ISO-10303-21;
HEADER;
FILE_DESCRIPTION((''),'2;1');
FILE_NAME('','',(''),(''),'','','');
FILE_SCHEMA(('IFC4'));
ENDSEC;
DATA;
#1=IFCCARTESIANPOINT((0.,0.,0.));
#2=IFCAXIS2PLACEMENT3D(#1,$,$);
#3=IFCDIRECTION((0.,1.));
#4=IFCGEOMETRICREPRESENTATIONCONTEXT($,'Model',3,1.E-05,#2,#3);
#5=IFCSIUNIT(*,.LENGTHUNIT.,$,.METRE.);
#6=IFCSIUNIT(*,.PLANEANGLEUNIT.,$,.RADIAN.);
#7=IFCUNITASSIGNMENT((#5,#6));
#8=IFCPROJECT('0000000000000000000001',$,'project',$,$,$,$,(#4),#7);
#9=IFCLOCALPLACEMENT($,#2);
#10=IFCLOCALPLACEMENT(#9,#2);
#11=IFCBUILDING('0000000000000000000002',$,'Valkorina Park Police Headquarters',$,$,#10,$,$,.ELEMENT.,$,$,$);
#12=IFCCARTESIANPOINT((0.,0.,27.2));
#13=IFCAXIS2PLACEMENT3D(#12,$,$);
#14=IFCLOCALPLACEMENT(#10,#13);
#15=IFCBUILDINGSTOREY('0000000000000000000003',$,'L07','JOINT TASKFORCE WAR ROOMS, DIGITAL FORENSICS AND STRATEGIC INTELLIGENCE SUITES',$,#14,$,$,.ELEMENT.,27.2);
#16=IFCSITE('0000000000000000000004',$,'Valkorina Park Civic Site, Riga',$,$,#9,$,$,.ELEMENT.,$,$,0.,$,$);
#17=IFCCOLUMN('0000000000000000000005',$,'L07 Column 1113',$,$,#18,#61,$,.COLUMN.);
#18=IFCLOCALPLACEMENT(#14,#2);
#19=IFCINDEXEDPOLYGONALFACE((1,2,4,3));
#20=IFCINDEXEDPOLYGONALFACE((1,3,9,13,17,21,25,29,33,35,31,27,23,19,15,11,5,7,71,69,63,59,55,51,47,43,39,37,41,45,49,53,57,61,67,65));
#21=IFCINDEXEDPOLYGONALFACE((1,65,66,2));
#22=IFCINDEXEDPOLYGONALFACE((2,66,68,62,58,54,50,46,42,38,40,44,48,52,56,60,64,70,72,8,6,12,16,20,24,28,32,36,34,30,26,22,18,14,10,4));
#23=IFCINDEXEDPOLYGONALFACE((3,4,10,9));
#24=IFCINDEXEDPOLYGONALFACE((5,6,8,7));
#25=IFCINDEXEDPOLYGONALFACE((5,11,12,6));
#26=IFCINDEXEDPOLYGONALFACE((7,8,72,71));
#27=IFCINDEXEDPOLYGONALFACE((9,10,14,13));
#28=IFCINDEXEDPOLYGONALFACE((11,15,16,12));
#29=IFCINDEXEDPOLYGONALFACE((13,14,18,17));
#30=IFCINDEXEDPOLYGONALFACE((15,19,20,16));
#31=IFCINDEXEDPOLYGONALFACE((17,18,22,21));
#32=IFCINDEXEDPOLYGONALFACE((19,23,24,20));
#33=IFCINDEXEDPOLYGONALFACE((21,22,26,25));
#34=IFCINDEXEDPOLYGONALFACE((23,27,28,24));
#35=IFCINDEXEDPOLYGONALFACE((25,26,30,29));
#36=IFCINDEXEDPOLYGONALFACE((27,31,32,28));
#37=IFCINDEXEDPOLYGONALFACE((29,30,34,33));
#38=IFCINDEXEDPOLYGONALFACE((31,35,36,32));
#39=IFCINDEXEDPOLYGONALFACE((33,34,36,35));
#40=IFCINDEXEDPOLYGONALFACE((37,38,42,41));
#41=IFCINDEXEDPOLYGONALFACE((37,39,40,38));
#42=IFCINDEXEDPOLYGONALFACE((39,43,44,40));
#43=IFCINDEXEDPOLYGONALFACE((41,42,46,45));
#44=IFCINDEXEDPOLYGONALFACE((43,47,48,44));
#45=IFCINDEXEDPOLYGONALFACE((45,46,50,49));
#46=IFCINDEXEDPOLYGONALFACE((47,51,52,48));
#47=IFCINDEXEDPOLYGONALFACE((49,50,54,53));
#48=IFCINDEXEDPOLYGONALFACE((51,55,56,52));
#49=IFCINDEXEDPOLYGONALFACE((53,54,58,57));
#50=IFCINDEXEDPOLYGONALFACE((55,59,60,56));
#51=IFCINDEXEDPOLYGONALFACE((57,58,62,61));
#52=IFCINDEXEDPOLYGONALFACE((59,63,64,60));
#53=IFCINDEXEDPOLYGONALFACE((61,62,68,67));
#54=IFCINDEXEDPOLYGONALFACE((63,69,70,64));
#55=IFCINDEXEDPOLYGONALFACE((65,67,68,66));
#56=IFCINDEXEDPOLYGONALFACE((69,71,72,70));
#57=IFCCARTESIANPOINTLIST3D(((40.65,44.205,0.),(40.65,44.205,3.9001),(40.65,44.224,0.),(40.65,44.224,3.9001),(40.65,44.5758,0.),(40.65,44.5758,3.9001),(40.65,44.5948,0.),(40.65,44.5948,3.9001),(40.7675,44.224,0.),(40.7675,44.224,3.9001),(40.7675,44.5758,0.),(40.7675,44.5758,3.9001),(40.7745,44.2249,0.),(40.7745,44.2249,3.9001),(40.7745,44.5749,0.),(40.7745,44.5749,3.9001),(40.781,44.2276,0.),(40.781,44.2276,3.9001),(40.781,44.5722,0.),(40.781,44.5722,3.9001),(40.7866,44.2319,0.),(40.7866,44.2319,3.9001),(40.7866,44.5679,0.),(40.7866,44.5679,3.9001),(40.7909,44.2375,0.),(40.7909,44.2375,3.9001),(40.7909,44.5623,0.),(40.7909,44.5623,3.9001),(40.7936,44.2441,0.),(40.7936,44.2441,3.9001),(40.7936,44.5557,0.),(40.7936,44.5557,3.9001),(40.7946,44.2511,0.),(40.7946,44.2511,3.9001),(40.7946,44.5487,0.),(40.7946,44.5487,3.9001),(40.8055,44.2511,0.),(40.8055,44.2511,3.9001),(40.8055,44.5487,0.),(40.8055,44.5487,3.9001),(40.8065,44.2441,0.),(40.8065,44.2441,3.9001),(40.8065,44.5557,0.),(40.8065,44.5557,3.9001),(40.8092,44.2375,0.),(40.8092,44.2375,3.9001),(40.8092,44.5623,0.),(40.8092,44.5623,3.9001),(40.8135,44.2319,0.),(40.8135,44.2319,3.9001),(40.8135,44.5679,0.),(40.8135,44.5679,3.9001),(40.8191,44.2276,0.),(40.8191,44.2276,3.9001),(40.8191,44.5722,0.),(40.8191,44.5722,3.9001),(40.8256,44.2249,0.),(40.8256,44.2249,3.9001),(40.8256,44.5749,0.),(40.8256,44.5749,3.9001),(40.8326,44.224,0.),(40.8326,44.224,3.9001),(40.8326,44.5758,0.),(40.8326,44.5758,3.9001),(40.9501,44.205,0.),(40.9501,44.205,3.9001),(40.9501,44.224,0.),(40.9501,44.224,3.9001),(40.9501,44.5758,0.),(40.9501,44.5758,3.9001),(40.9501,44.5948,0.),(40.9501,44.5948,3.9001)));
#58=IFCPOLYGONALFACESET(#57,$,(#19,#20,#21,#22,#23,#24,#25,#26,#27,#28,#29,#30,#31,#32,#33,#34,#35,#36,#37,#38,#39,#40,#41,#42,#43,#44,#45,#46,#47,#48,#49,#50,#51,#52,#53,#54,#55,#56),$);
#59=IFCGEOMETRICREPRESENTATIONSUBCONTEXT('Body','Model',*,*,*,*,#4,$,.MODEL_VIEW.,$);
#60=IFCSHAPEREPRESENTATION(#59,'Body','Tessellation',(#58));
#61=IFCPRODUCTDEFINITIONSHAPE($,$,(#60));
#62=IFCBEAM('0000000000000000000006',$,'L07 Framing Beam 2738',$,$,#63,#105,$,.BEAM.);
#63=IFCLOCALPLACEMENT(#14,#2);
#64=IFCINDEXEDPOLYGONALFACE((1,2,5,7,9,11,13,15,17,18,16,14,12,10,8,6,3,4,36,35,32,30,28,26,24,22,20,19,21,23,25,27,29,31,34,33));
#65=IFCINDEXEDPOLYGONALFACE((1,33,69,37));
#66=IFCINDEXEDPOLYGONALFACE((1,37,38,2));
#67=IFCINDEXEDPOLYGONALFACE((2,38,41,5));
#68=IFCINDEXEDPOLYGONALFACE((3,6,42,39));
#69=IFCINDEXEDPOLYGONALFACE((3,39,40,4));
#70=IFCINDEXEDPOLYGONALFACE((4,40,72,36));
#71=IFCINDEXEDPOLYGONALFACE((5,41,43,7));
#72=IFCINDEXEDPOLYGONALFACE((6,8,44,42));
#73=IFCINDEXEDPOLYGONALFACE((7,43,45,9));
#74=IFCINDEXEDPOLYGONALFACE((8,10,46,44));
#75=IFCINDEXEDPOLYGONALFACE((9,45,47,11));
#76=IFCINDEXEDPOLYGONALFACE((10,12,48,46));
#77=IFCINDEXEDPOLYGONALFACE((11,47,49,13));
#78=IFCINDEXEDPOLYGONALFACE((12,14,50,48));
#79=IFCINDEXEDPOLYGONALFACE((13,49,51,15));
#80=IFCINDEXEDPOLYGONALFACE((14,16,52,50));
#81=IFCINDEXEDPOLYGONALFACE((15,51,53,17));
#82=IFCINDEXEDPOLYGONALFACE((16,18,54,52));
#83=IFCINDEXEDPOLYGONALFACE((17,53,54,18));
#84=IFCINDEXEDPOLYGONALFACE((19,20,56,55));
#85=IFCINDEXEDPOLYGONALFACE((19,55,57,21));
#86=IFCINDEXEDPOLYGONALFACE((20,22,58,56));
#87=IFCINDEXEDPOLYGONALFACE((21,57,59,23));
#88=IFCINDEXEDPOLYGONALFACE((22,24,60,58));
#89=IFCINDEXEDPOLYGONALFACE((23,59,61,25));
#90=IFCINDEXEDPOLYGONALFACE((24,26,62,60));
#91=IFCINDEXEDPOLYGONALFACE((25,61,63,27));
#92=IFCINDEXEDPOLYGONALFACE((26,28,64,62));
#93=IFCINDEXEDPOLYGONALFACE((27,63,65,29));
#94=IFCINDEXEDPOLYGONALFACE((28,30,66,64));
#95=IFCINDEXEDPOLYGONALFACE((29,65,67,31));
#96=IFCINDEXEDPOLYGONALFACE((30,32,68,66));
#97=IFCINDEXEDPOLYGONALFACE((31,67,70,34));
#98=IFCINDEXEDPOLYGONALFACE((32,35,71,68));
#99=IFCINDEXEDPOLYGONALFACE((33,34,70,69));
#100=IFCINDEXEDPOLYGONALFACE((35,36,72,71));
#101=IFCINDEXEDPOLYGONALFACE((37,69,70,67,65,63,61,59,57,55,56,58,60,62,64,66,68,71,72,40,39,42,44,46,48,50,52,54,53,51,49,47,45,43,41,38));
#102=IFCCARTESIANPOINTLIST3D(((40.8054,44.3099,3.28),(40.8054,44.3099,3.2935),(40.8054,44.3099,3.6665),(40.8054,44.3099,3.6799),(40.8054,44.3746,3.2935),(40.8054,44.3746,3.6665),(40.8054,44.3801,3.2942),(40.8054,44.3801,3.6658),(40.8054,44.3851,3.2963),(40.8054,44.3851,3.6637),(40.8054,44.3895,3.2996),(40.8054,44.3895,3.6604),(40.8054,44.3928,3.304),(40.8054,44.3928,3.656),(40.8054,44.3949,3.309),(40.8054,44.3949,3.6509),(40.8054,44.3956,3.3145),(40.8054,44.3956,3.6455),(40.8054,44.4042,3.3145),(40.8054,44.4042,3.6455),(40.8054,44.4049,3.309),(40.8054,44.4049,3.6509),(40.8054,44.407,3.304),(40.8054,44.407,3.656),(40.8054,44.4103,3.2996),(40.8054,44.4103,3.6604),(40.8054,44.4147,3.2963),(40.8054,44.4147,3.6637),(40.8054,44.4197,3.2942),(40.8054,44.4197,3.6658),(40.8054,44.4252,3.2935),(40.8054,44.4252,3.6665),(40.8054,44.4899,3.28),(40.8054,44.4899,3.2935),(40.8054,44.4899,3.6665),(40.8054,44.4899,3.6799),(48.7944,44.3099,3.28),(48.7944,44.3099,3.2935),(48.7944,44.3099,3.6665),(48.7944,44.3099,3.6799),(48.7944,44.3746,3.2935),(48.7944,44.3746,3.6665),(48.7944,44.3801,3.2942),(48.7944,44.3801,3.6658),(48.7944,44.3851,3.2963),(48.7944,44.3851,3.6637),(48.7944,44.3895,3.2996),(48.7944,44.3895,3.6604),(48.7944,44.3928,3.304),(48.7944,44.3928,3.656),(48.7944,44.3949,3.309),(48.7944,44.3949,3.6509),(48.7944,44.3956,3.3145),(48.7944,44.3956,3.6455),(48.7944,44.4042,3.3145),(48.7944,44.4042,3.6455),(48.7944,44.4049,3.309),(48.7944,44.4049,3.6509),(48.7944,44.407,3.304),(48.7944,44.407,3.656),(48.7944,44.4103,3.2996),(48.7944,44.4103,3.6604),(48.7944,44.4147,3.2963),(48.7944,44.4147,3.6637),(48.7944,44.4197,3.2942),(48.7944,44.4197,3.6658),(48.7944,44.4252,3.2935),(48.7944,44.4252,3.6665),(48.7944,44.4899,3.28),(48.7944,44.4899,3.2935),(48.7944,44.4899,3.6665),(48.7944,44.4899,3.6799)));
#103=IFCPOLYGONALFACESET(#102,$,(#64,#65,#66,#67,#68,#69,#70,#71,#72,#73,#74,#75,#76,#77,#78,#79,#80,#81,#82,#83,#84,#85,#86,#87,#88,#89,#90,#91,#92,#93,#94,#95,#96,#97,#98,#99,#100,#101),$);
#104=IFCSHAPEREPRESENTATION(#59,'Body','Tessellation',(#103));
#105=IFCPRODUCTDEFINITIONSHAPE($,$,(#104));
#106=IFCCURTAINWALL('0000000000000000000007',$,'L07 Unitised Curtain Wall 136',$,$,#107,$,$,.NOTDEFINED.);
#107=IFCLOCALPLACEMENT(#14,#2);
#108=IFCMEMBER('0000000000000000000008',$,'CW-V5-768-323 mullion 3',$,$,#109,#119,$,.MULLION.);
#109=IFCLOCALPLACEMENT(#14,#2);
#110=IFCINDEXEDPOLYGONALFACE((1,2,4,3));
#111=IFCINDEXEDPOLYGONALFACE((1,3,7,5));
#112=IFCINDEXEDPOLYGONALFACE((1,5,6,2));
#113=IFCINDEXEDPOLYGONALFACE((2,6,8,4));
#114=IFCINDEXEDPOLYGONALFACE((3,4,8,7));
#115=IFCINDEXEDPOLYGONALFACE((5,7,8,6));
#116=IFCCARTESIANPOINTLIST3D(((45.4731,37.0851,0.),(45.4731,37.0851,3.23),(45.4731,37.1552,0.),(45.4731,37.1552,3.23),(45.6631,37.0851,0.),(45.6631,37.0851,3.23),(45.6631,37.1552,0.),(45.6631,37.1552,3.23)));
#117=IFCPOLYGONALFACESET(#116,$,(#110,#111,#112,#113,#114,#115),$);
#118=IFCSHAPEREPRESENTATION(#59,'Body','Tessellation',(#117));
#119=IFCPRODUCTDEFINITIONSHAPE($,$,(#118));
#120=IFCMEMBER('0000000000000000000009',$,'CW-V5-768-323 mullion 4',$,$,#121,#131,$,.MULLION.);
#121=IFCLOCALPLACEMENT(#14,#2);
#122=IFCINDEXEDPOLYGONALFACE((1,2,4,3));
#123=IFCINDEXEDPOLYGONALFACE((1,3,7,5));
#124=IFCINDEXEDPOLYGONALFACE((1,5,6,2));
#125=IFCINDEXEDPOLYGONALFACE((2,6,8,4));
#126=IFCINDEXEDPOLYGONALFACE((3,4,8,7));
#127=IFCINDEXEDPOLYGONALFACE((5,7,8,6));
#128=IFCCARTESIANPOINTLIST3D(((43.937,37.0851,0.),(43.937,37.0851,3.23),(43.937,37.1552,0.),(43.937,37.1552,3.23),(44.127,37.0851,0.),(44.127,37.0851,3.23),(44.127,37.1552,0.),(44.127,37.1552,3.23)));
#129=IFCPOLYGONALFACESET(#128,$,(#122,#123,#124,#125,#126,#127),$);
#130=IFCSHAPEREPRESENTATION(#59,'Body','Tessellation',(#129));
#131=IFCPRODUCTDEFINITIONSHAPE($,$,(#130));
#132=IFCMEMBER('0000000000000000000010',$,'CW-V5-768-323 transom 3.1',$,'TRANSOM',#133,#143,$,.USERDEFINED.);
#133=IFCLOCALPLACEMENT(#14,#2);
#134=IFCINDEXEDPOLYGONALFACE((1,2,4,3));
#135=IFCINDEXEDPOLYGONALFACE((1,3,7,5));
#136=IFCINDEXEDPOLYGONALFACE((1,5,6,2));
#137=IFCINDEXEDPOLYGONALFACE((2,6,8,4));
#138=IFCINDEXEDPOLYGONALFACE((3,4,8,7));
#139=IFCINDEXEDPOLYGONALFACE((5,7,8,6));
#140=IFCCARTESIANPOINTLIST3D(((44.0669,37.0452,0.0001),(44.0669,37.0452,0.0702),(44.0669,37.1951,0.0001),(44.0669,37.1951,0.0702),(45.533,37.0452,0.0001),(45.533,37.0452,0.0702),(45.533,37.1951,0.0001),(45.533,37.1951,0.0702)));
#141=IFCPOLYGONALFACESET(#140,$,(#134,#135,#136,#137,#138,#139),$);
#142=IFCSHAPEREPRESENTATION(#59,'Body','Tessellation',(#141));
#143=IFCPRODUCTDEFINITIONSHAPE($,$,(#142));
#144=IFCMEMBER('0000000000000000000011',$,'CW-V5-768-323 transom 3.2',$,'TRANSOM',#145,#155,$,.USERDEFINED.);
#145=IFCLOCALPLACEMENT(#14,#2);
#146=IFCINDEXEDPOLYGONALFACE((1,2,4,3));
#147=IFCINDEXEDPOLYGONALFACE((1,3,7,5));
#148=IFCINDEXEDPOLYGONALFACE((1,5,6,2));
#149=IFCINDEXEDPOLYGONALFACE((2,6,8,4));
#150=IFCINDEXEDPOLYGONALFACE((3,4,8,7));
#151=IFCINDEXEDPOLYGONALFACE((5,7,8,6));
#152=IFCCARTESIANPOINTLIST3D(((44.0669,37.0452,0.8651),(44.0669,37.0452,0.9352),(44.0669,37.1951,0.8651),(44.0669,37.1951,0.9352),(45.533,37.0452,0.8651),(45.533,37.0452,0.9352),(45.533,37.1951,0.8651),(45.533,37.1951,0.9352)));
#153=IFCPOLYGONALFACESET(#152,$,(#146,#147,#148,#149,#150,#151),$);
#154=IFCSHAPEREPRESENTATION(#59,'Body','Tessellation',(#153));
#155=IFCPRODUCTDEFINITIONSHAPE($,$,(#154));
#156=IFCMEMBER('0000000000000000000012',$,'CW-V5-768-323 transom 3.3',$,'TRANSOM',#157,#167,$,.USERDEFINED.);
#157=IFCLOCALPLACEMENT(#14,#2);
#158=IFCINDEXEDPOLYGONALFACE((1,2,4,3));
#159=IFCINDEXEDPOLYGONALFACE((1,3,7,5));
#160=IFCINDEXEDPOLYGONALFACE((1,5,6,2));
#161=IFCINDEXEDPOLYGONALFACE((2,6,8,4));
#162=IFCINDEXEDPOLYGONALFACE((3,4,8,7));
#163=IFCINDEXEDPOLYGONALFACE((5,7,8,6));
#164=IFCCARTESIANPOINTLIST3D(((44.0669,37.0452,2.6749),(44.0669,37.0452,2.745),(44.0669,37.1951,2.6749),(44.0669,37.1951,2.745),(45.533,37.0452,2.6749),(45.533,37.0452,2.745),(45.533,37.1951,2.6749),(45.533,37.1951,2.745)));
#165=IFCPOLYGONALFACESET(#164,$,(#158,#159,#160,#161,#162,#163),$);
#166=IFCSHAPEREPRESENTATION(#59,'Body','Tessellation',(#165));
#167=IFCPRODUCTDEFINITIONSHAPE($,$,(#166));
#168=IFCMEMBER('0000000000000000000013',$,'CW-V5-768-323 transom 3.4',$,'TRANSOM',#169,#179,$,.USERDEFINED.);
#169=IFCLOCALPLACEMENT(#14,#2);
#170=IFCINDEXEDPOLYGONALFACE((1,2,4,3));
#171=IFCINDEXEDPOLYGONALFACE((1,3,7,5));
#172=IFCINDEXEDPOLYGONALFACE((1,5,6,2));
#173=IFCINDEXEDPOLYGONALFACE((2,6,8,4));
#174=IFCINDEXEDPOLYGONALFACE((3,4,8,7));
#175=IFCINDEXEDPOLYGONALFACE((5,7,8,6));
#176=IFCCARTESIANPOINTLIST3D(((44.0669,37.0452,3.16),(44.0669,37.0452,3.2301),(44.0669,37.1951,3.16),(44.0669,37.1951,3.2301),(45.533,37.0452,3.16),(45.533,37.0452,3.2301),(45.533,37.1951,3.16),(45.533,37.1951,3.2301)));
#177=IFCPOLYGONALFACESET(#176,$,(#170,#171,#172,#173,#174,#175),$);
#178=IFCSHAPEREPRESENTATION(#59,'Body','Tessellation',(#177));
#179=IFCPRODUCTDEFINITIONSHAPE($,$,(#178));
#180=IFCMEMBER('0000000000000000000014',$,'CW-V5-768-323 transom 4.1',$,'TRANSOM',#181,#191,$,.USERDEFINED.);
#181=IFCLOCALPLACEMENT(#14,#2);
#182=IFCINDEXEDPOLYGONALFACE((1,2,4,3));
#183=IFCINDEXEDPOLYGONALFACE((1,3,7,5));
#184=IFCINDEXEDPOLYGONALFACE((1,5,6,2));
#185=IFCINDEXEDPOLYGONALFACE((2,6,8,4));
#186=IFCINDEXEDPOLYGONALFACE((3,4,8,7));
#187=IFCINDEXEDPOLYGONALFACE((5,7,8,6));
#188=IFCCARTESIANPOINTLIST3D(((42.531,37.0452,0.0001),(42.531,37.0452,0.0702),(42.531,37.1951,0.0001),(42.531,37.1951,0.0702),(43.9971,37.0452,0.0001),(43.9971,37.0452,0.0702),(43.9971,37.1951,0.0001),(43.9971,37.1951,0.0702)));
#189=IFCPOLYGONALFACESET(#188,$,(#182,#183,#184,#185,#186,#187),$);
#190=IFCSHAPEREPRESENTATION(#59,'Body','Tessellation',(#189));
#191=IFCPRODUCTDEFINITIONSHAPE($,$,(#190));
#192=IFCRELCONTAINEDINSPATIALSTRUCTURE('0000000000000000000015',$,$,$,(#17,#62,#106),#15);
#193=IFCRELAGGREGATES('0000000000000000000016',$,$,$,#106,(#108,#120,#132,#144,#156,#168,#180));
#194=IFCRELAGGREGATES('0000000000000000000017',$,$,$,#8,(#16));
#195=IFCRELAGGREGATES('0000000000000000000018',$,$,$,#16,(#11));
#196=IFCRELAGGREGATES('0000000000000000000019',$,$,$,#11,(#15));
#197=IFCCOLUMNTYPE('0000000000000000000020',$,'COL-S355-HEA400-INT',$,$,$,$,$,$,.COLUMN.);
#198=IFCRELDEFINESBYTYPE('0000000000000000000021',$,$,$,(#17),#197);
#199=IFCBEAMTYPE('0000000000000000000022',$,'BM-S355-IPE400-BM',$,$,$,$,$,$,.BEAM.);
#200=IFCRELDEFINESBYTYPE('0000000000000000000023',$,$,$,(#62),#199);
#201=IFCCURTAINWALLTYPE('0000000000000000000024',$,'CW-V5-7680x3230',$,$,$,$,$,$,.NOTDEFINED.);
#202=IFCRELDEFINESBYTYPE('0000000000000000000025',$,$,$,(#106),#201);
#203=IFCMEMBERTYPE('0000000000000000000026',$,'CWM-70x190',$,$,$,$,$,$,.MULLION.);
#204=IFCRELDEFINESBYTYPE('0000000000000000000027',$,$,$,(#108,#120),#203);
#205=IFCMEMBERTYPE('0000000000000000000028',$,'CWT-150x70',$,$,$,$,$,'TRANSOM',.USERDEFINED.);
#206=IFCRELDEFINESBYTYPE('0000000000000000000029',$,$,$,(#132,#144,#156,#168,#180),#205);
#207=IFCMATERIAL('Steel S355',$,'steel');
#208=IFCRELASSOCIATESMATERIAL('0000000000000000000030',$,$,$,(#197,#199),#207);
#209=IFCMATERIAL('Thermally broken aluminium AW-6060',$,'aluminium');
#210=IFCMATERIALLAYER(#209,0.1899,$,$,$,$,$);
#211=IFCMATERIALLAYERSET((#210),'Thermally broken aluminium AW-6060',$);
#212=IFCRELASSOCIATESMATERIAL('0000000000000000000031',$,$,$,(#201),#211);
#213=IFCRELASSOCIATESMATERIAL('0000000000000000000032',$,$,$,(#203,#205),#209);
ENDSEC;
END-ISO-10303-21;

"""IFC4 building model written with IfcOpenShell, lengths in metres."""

from ifc_helpers import new_model, si_unit, direction, frame, origin, origin_2d, place, context, subcontext, project, spatial, rectangle, i_section, extrude, material, layer, layer_set, material_profile, profile_set, type_object, element, aggregate, save


model = new_model("IFC4")

# Units and contexts
model_context = context("Model", 3, precision=1e-05, world=origin(), true_north=direction((0.0, 1.0)))
body_context = subcontext(model_context, "Body", "Model", "MODEL_VIEW")
ifc_project = project(units=[si_unit("LENGTHUNIT", "METRE"), si_unit("PLANEANGLEUNIT", "RADIAN")], contexts=[model_context])

# Site, building, storey
site_placement = place(None, origin())
site = spatial("IfcSite", under=ifc_project, at=site_placement, Name="Valkorina Park Civic Site, Riga", CompositionType="ELEMENT", RefElevation=0.0)
building_placement = place(site_placement, origin())
building = spatial("IfcBuilding", under=site, at=building_placement, Name="Valkorina Park Police Headquarters", CompositionType="ELEMENT")
storey_placement = place(building_placement, frame((0.0, 0.0, 27.2)))
storey = spatial("IfcBuildingStorey", under=building, at=storey_placement, Name="L07", Description="JOINT TASKFORCE WAR ROOMS, DIGITAL FORENSICS AND STRATEGIC INTELLIGENCE SUITES", CompositionType="ELEMENT", Elevation=27.2)

# Column
ifc_material_1 = material(Name="Steel S355", Category="steel")
ifc_material_profile_1 = material_profile(ifc_material_1, i_section(OverallWidth=0.3, OverallDepth=0.3899, WebThickness=0.011, FlangeThickness=0.019, FilletRadius=0.0271, at=origin_2d()), Name="HEA 400")
ifc_profile_set_1 = profile_set([ifc_material_profile_1], Name="Steel S355")
column_type = type_object("IfcColumnType", Name="COL-S355-HEA400-INT", PredefinedType="COLUMN", material=ifc_profile_set_1)
column_placement = place(storey_placement, frame((40.8, 44.3999, 0.0), z_axis=(0.0, 0.0, 1.0), x_axis=(1.0, 0.0, 0.0)))
element("IfcColumn", 1, at=column_placement, inside=storey, type_object=column_type, Name="L07 Column 1113", PredefinedType="COLUMN", context=body_context, shape_type="SweptSolid", body=[
    extrude(i_section(OverallWidth=0.3, OverallDepth=0.3899, WebThickness=0.011, FlangeThickness=0.019, FilletRadius=0.0271, at=origin_2d()), origin(), (0.0, 0.0, 1.0), 3.9001),
])

# Beam
ifc_material_profile_2 = material_profile(ifc_material_1, i_section(OverallWidth=0.1799, OverallDepth=0.3999, WebThickness=0.0085, FlangeThickness=0.0134, FilletRadius=0.021, at=origin_2d()), Name="IPE 400")
ifc_profile_set_2 = profile_set([ifc_material_profile_2], Name="Steel S355")
beam_type = type_object("IfcBeamType", Name="BM-S355-IPE400-BM", PredefinedType="BEAM", material=ifc_profile_set_2)
beam_placement = place(storey_placement, frame((40.8054, 44.3999, 3.48), z_axis=(1.0, 0.0, 0.0), x_axis=(0.0, 1.0, 0.0)))
element("IfcBeam", 2, at=beam_placement, inside=storey, type_object=beam_type, Name="L07 Framing Beam 2738", PredefinedType="BEAM", context=body_context, shape_type="SweptSolid", body=[
    extrude(i_section(OverallWidth=0.1799, OverallDepth=0.3999, WebThickness=0.0085, FlangeThickness=0.0134, FilletRadius=0.021, at=origin_2d()), origin(), (0.0, 0.0, 1.0), 7.989),
])

# Curtain wall, members
ifc_material_2 = material(Name="Thermally broken aluminium AW-6060", Category="aluminium")
ifc_layer_1 = layer(ifc_material_2, 0.1899)
ifc_layer_set_1 = layer_set([ifc_layer_1], Name="Thermally broken aluminium AW-6060")
curtain_wall_type = type_object("IfcCurtainWallType", Name="CW-V5-7680x3230", PredefinedType="NOTDEFINED", material=ifc_layer_set_1)
curtain_wall_placement = place(storey_placement, origin())
curtain_wall = element("IfcCurtainWall", 3, at=curtain_wall_placement, inside=storey, type_object=curtain_wall_type, Name="L07 Unitised Curtain Wall 136", PredefinedType="NOTDEFINED")
ifc_material_profile_3 = material_profile(ifc_material_2, rectangle(XDim=0.0701, YDim=0.1899, at=origin_2d()), Name="CWM-02 70x190")
ifc_profile_set_3 = profile_set([ifc_material_profile_3], Name="Thermally broken aluminium AW-6060")
member_type_1 = type_object("IfcMemberType", Name="CWM-70x190", PredefinedType="MULLION", material=ifc_profile_set_3)
member_1_placement = place(storey_placement, frame((45.5681, 37.1201, 0.0), z_axis=(0.0, 0.0, 1.0), x_axis=(0.0, -1.0, 0.0)))
member_1 = element("IfcMember", 4, at=member_1_placement, type_object=member_type_1, Name="CW-V5-768-323 mullion 3", PredefinedType="MULLION", context=body_context, shape_type="SweptSolid", body=[
    extrude(rectangle(XDim=0.0701, YDim=0.1899, at=origin_2d()), origin(), (0.0, 0.0, 1.0), 3.23),
])
member_2_placement = place(storey_placement, frame((44.032, 37.1201, 0.0), z_axis=(0.0, 0.0, 1.0), x_axis=(0.0, -1.0, 0.0)))
member_2 = element("IfcMember", 5, at=member_2_placement, type_object=member_type_1, Name="CW-V5-768-323 mullion 4", PredefinedType="MULLION", context=body_context, shape_type="SweptSolid", body=[
    extrude(rectangle(XDim=0.0701, YDim=0.1899, at=origin_2d()), origin(), (0.0, 0.0, 1.0), 3.23),
])
ifc_material_profile_4 = material_profile(ifc_material_2, rectangle(XDim=0.1499, YDim=0.0701, at=origin_2d()), Name="CWT-02 150x70")
ifc_profile_set_4 = profile_set([ifc_material_profile_4], Name="Thermally broken aluminium AW-6060")
member_type_2 = type_object("IfcMemberType", Name="CWT-150x70", ElementType="TRANSOM", PredefinedType="USERDEFINED", material=ifc_profile_set_4)
member_3_placement = place(storey_placement, frame((45.533, 37.1201, 0.0352), z_axis=(-1.0, 0.0, 0.0), x_axis=(0.0, -1.0, 0.0)))
member_3 = element("IfcMember", 6, at=member_3_placement, type_object=member_type_2, Name="CW-V5-768-323 transom 3.1", ObjectType="TRANSOM", PredefinedType="USERDEFINED", context=body_context, shape_type="SweptSolid", body=[
    extrude(rectangle(XDim=0.1499, YDim=0.0701, at=origin_2d()), origin(), (0.0, 0.0, 1.0), 1.4661),
])
member_4_placement = place(storey_placement, frame((45.533, 37.1201, 0.9001), z_axis=(-1.0, 0.0, 0.0), x_axis=(0.0, -1.0, 0.0)))
member_4 = element("IfcMember", 7, at=member_4_placement, type_object=member_type_2, Name="CW-V5-768-323 transom 3.2", ObjectType="TRANSOM", PredefinedType="USERDEFINED", context=body_context, shape_type="SweptSolid", body=[
    extrude(rectangle(XDim=0.1499, YDim=0.0701, at=origin_2d()), origin(), (0.0, 0.0, 1.0), 1.4661),
])
member_5_placement = place(storey_placement, frame((45.533, 37.1201, 2.71), z_axis=(-1.0, 0.0, 0.0), x_axis=(0.0, -1.0, 0.0)))
member_5 = element("IfcMember", 8, at=member_5_placement, type_object=member_type_2, Name="CW-V5-768-323 transom 3.3", ObjectType="TRANSOM", PredefinedType="USERDEFINED", context=body_context, shape_type="SweptSolid", body=[
    extrude(rectangle(XDim=0.1499, YDim=0.0701, at=origin_2d()), origin(), (0.0, 0.0, 1.0), 1.4661),
])
member_6_placement = place(storey_placement, frame((45.533, 37.1201, 3.1951), z_axis=(-1.0, 0.0, 0.0), x_axis=(0.0, -1.0, 0.0)))
member_6 = element("IfcMember", 9, at=member_6_placement, type_object=member_type_2, Name="CW-V5-768-323 transom 3.4", ObjectType="TRANSOM", PredefinedType="USERDEFINED", context=body_context, shape_type="SweptSolid", body=[
    extrude(rectangle(XDim=0.1499, YDim=0.0701, at=origin_2d()), origin(), (0.0, 0.0, 1.0), 1.4661),
])
member_7_placement = place(storey_placement, frame((43.9971, 37.1201, 0.0352), z_axis=(-1.0, 0.0, 0.0), x_axis=(0.0, -1.0, 0.0)))
member_7 = element("IfcMember", 10, at=member_7_placement, type_object=member_type_2, Name="CW-V5-768-323 transom 4.1", ObjectType="TRANSOM", PredefinedType="USERDEFINED", context=body_context, shape_type="SweptSolid", body=[
    extrude(rectangle(XDim=0.1499, YDim=0.0701, at=origin_2d()), origin(), (0.0, 0.0, 1.0), 1.4661),
])
aggregate(curtain_wall, [member_1, member_2, member_3, member_4, member_5, member_6, member_7])

save(model, "model.ifc")
